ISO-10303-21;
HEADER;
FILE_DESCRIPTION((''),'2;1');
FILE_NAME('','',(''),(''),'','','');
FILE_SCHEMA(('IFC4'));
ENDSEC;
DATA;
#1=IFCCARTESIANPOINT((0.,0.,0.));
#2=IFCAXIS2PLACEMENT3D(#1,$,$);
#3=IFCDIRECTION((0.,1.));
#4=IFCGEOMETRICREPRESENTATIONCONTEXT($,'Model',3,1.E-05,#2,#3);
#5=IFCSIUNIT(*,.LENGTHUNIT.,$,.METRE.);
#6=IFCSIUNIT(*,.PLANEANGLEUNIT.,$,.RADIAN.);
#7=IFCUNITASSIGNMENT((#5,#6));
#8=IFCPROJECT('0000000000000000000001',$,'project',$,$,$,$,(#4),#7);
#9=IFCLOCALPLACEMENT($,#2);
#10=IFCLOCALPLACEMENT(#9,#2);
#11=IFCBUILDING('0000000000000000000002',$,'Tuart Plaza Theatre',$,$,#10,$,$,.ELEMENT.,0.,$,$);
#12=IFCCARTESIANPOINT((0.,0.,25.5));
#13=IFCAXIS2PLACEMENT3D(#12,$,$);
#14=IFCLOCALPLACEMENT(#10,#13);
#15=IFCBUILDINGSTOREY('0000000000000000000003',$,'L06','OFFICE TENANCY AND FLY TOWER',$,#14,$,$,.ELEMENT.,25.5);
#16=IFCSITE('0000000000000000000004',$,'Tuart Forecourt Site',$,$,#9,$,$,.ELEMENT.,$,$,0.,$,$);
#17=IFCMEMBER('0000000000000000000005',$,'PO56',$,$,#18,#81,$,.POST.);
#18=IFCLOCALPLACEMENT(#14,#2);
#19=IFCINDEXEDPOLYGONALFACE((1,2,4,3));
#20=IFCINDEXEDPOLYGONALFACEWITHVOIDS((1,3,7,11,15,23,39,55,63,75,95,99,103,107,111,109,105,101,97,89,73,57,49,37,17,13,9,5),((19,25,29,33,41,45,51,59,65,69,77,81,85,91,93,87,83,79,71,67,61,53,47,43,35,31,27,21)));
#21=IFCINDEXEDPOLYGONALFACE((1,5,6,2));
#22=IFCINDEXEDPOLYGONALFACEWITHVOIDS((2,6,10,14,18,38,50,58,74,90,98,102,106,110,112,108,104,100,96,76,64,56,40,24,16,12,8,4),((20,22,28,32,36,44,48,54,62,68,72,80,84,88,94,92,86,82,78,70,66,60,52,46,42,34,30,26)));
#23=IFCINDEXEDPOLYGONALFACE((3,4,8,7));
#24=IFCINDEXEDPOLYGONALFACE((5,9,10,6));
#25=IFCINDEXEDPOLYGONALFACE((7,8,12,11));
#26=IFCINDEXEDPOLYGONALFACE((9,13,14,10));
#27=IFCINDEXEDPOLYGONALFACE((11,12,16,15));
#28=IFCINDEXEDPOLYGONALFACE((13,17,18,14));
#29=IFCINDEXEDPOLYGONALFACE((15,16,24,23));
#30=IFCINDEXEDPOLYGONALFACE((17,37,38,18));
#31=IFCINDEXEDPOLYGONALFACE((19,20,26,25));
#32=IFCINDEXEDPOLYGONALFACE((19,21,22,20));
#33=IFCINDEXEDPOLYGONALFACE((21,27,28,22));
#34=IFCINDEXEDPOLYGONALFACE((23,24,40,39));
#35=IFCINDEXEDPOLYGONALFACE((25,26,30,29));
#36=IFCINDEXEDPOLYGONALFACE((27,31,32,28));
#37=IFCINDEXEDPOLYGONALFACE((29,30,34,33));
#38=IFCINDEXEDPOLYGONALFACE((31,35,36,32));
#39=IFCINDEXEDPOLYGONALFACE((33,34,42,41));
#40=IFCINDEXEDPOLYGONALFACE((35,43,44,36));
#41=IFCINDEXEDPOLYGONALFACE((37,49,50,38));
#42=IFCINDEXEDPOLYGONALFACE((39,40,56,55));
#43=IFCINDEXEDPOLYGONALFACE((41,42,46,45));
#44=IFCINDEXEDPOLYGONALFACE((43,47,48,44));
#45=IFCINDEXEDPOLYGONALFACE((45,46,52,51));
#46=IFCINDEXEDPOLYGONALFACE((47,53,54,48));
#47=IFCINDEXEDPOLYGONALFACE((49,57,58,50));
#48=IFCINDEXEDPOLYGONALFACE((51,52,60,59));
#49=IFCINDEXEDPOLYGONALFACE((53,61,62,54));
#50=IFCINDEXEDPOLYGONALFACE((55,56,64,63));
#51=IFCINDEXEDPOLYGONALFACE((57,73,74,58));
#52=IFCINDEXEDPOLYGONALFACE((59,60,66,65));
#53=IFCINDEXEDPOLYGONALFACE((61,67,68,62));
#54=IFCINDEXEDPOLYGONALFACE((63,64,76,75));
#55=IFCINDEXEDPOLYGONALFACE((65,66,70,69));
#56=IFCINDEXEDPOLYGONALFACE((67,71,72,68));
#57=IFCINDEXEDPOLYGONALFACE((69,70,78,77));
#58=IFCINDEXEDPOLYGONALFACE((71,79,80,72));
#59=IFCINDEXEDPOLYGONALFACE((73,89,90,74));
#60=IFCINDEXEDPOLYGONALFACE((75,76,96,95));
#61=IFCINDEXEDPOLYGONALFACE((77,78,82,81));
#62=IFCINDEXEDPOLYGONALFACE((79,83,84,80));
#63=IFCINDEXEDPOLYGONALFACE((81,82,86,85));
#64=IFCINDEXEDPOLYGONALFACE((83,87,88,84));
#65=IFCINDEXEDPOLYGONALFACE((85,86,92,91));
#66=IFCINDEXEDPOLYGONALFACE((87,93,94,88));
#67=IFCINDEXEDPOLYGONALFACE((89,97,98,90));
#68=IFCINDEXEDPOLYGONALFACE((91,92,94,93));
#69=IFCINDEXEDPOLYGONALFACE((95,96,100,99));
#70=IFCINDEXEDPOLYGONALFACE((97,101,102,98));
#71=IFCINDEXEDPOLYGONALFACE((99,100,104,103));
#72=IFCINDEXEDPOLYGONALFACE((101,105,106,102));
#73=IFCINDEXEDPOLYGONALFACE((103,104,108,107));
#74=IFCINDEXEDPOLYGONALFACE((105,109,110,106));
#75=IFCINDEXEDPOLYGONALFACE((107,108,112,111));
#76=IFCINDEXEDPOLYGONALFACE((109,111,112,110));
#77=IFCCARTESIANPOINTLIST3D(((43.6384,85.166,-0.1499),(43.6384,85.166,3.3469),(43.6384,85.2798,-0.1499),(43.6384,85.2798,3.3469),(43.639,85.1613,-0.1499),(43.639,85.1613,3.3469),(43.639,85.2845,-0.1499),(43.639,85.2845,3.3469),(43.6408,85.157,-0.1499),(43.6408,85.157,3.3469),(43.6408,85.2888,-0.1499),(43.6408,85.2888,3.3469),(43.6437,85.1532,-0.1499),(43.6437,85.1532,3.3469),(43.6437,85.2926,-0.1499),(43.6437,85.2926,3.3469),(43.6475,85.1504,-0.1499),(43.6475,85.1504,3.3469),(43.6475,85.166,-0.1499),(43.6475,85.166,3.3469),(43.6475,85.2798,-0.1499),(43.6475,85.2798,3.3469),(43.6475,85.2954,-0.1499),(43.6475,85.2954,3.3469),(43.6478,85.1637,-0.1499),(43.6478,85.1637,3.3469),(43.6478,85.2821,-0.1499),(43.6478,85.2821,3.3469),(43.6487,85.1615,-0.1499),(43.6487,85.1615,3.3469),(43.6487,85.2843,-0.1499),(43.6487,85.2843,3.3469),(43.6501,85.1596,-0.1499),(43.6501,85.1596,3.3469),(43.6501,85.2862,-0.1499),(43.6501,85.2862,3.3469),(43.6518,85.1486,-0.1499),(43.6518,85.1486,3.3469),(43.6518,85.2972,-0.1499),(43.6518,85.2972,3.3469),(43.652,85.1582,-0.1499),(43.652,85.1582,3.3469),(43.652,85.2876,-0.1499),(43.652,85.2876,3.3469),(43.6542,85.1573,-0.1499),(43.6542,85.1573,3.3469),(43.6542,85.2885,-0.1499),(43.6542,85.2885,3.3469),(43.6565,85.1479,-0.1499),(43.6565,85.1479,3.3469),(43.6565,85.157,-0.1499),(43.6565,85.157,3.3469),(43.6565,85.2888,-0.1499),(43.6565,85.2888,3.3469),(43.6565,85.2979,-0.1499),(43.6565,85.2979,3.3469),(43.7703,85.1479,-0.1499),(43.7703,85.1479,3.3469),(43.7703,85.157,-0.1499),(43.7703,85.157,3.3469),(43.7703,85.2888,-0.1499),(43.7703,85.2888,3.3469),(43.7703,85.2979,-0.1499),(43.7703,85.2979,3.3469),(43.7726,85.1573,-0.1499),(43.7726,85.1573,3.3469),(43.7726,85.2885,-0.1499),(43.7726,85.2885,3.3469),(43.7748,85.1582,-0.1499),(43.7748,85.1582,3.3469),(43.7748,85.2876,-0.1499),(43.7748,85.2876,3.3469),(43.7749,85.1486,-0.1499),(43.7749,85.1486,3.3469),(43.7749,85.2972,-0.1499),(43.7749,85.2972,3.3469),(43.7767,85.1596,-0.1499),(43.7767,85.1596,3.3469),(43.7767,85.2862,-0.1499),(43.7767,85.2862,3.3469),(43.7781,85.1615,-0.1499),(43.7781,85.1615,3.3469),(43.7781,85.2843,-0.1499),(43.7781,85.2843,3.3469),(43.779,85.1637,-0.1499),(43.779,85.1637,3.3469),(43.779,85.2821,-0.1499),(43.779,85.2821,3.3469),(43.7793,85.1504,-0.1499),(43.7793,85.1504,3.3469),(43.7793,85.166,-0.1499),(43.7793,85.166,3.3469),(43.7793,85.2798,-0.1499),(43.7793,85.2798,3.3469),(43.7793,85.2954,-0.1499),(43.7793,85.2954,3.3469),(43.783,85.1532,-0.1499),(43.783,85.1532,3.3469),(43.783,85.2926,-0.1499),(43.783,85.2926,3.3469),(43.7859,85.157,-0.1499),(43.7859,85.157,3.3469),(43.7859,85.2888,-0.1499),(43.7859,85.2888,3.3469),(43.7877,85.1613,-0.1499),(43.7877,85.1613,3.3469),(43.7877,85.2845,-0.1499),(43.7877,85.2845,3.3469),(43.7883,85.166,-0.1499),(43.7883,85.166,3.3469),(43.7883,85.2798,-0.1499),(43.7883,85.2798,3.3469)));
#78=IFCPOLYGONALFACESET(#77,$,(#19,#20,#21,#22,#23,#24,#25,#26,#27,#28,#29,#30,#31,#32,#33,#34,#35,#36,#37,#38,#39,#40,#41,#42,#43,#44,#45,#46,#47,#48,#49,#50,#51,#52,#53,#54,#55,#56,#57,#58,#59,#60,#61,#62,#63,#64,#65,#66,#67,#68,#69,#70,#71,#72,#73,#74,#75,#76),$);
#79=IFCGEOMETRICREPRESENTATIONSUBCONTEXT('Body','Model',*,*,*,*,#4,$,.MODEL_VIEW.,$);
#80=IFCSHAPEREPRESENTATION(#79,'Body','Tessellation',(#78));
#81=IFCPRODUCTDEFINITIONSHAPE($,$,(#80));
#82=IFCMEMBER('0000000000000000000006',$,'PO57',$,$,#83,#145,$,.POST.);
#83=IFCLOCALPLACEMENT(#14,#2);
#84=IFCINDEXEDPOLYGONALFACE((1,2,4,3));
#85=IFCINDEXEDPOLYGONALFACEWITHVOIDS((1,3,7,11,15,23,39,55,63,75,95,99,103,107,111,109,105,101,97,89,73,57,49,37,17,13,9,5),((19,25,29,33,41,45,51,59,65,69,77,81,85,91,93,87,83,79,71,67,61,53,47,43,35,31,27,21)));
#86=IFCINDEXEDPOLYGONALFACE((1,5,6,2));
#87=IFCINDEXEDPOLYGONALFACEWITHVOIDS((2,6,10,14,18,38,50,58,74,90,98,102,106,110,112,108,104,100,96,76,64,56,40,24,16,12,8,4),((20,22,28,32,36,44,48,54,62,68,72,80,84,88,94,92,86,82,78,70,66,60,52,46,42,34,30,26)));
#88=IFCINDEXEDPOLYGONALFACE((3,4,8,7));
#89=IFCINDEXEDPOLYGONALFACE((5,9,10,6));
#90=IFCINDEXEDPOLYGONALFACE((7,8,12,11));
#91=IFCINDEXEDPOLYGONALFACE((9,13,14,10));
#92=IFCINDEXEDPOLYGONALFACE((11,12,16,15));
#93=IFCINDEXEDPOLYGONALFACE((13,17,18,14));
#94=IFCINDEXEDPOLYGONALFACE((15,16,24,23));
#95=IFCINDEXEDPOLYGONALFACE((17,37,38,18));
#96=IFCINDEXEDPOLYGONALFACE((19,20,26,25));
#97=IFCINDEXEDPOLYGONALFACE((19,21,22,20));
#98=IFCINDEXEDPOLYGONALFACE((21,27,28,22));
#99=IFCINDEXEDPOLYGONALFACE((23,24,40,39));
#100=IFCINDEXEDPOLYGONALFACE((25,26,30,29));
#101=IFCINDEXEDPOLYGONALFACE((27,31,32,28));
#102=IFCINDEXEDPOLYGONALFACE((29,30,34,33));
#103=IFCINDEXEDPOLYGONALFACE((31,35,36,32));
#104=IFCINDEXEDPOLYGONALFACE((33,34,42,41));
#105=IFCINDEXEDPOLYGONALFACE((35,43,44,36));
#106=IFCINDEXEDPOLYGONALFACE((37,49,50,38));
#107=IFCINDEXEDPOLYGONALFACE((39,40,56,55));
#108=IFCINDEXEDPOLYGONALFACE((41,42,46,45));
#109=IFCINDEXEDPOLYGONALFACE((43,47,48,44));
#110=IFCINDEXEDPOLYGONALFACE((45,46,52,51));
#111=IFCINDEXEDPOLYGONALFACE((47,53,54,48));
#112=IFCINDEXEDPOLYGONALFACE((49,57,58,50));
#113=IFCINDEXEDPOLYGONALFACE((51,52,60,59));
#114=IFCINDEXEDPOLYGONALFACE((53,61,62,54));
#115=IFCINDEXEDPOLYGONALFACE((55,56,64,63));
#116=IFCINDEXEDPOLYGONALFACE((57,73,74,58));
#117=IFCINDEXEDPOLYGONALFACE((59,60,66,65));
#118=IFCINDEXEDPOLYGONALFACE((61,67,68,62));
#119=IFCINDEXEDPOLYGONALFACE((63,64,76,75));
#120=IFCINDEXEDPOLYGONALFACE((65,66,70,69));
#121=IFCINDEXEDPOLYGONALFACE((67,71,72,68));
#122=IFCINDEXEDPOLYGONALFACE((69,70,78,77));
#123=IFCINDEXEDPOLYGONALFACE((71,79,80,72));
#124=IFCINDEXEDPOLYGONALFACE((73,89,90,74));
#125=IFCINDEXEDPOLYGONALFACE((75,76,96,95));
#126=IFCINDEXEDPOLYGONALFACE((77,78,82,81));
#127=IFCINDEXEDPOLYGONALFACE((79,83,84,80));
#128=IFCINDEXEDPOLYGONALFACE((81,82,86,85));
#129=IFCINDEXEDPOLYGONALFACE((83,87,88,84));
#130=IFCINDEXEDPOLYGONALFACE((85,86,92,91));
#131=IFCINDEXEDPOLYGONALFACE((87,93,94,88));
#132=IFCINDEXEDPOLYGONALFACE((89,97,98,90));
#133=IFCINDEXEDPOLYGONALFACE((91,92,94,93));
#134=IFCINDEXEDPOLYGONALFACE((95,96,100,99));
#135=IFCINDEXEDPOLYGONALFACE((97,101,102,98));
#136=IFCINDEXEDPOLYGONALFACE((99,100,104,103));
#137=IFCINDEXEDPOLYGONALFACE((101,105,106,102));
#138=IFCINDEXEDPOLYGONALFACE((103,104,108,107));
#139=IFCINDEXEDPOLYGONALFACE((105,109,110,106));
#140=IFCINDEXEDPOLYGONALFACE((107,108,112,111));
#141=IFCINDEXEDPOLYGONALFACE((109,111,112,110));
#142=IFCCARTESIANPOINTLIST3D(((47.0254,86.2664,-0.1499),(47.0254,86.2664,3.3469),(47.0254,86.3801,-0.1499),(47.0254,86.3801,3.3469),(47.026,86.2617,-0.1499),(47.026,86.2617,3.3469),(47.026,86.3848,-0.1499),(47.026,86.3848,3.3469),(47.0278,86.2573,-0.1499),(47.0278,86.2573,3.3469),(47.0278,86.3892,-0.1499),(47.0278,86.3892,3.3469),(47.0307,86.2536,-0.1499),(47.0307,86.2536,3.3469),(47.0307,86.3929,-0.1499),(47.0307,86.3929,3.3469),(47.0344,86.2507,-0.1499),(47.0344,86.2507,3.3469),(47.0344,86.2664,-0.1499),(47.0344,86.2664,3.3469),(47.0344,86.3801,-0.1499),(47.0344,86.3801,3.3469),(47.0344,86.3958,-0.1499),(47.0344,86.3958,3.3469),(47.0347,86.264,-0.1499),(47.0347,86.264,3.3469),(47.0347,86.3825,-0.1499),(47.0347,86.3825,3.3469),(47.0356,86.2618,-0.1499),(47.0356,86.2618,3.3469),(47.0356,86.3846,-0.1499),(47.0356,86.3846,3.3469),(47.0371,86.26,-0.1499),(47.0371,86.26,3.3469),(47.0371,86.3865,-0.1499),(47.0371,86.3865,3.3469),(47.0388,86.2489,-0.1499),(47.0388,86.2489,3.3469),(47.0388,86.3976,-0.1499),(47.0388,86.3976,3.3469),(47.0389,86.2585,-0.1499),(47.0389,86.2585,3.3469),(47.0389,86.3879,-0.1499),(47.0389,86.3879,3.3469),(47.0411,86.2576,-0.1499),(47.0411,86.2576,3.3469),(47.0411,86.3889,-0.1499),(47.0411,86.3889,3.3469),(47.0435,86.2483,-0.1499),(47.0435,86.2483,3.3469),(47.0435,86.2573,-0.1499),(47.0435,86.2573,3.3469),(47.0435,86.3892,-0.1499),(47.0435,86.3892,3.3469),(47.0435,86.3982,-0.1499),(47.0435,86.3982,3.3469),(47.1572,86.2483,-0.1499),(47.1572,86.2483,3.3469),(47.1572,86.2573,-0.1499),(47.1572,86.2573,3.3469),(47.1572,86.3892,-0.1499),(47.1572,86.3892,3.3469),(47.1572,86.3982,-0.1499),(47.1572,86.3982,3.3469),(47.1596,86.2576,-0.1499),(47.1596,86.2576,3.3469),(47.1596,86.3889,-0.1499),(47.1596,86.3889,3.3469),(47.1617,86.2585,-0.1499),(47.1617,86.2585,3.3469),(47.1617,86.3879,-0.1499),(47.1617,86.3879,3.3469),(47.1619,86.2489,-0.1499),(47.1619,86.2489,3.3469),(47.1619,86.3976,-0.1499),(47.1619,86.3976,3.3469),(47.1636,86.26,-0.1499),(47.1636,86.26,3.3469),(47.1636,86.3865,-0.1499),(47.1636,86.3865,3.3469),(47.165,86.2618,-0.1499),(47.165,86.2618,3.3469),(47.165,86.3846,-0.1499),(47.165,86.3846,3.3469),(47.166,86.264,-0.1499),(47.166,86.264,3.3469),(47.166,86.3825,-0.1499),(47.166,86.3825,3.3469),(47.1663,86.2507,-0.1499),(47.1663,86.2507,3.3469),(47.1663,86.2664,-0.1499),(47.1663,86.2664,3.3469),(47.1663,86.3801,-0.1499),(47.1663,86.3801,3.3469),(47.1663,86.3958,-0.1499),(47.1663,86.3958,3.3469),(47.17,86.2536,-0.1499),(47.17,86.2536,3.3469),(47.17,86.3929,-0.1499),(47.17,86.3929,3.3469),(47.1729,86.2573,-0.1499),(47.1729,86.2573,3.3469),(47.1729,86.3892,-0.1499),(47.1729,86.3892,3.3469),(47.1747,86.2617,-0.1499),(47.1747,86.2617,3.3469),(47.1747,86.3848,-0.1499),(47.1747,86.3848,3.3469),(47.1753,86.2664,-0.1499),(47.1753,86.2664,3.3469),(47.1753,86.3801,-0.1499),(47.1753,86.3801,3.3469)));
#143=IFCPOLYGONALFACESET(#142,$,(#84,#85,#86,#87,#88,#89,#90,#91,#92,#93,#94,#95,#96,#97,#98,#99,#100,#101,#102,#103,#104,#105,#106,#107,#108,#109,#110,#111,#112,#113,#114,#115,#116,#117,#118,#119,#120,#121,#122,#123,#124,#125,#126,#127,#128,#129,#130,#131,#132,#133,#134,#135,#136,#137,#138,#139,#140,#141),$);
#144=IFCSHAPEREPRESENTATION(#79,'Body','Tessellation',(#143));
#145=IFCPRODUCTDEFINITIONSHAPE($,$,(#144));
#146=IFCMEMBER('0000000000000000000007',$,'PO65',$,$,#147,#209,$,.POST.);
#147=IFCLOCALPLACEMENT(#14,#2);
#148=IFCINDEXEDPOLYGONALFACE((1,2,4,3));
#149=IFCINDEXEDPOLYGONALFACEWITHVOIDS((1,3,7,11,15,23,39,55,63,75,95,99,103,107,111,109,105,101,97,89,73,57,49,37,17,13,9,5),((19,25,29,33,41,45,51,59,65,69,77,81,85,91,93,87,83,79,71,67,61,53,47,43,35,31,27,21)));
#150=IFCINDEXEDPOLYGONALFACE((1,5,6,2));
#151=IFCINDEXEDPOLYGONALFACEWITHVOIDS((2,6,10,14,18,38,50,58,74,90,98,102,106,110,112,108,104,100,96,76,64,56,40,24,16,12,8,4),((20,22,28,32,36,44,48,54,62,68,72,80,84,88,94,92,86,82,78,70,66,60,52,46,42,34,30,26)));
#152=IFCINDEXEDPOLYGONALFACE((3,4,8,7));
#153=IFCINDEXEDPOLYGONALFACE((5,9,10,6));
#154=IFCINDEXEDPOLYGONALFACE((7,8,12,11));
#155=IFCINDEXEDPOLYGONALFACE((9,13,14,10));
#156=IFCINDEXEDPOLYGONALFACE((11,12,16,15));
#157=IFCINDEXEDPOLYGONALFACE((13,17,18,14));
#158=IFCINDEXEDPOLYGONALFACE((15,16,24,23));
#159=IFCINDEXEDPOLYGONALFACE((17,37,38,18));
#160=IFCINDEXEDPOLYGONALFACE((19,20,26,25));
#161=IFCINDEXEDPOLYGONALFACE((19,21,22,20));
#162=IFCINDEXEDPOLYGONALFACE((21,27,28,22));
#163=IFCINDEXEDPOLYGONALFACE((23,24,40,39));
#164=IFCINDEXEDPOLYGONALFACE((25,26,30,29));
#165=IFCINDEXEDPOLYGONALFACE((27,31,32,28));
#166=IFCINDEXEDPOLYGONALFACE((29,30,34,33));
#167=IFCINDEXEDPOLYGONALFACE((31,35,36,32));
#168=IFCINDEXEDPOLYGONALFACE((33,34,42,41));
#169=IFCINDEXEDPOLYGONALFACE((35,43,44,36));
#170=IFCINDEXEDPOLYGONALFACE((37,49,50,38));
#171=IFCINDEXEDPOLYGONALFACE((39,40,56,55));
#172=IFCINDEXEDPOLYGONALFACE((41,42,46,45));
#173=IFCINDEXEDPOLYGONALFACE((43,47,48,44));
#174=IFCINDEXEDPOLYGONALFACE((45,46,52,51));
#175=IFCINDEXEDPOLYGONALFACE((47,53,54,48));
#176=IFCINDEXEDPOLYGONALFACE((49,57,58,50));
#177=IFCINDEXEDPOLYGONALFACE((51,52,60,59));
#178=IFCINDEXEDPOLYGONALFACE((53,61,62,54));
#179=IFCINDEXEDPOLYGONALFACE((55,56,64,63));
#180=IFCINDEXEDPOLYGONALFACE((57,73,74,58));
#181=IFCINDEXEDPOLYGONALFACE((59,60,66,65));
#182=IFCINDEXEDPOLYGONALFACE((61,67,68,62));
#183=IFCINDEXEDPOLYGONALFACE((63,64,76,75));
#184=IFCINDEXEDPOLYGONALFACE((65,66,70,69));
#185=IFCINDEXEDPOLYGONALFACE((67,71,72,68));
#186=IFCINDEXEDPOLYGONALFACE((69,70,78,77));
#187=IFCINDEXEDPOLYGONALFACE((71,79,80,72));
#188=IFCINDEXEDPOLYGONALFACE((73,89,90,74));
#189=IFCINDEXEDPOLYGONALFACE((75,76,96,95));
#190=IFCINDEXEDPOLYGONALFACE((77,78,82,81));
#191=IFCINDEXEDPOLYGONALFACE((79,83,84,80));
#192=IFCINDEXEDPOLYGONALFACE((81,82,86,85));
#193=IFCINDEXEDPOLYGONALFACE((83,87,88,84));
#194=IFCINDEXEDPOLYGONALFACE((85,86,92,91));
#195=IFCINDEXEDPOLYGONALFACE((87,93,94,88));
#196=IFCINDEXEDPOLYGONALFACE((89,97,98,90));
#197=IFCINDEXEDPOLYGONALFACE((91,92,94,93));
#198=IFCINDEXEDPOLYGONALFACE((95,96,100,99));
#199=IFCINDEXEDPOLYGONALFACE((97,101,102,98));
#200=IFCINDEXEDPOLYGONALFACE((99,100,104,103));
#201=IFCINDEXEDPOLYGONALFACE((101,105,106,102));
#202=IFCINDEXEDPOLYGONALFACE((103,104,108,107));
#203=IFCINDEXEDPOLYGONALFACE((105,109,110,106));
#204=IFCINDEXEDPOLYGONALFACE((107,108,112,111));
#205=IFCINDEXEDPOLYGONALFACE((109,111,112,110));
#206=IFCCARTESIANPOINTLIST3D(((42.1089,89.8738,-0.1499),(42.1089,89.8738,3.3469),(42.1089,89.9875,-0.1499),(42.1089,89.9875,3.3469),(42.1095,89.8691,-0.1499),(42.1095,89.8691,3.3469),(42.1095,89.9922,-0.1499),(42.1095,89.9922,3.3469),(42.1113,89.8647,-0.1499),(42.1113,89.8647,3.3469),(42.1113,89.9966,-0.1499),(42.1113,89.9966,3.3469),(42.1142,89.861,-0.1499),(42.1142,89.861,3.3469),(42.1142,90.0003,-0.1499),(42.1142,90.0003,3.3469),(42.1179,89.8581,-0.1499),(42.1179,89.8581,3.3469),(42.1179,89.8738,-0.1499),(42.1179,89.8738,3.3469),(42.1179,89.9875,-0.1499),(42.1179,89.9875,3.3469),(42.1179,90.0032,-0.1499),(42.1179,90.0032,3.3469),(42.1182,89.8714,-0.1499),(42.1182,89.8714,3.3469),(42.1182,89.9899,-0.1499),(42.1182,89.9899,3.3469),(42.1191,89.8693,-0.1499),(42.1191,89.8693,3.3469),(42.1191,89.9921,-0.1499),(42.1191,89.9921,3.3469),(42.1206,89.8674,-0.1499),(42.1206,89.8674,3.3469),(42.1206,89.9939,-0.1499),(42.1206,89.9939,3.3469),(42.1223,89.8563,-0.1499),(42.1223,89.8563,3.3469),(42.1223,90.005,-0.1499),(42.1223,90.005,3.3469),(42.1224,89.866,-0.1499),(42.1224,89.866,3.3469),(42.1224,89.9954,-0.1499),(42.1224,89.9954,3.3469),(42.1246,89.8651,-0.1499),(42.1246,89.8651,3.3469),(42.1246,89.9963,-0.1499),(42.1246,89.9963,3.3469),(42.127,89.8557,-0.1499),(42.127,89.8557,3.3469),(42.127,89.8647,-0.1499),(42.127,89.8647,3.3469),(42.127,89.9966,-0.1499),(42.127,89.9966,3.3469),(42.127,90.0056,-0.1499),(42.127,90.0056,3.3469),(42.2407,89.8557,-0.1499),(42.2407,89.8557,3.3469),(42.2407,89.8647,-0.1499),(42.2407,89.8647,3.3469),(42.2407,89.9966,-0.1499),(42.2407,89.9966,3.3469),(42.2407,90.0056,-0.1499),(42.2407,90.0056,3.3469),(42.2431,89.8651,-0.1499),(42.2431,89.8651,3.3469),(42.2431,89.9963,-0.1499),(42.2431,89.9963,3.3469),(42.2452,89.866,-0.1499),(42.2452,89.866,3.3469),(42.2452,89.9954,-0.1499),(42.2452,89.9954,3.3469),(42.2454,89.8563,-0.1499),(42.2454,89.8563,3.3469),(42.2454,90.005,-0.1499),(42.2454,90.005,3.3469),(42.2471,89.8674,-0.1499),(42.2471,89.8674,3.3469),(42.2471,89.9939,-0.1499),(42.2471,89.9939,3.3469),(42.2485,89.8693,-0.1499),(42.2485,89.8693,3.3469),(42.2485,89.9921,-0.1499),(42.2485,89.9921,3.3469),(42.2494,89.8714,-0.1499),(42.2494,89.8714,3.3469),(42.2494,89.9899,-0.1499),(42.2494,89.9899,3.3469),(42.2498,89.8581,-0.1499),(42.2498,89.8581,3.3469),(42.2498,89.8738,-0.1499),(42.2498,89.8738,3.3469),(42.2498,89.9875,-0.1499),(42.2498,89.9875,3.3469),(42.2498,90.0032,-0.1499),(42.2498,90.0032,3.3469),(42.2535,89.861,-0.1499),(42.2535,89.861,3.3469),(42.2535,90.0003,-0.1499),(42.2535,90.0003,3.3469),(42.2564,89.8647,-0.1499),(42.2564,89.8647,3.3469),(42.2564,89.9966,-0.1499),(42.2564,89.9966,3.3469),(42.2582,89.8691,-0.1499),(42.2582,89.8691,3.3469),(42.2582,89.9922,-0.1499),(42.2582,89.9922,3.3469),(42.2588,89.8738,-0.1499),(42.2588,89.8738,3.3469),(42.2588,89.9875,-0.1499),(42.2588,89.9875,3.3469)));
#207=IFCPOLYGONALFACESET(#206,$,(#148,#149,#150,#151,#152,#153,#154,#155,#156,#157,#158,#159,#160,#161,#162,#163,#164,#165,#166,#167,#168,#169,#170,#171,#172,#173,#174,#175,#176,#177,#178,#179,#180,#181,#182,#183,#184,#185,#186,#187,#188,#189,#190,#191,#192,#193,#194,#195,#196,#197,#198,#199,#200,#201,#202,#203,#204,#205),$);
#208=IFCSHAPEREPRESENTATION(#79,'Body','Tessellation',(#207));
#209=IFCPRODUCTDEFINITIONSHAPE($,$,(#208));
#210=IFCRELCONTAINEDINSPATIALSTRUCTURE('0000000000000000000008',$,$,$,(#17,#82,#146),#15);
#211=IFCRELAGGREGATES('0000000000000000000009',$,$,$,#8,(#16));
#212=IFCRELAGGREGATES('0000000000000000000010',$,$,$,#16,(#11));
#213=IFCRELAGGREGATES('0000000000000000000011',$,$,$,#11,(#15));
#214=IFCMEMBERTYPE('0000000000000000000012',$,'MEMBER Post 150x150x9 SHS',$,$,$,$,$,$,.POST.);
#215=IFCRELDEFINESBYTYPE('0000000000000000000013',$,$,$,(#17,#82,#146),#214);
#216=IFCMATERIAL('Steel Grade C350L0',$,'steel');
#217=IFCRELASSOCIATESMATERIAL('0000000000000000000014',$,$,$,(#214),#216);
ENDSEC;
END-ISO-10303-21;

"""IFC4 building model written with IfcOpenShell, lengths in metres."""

from ifc_helpers import new_model, si_unit, direction, frame, origin, origin_2d, place, context, subcontext, project, spatial, hollow_rectangle, extrude, material, material_profile, profile_set, type_object, element, save


model = new_model("IFC4")

# Units and contexts
model_context = context("Model", 3, precision=1e-05, world=origin(), true_north=direction((0.0, 1.0)))
body_context = subcontext(model_context, "Body", "Model", "MODEL_VIEW")
ifc_project = project(units=[si_unit("LENGTHUNIT", "METRE"), si_unit("PLANEANGLEUNIT", "RADIAN")], contexts=[model_context])

# Site, building, storey
site_placement = place(None, origin())
site = spatial("IfcSite", under=ifc_project, at=site_placement, Name="Tuart Forecourt Site", CompositionType="ELEMENT", RefElevation=0.0)
building_placement = place(site_placement, origin())
building = spatial("IfcBuilding", under=site, at=building_placement, Name="Tuart Plaza Theatre", CompositionType="ELEMENT", ElevationOfRefHeight=0.0)
storey_placement = place(building_placement, frame((0.0, 0.0, 25.5)))
storey = spatial("IfcBuildingStorey", under=building, at=storey_placement, Name="L06", Description="OFFICE TENANCY AND FLY TOWER", CompositionType="ELEMENT", Elevation=25.5)

# Members
ifc_material_1 = material(Name="Steel Grade C350L0", Category="steel")
ifc_material_profile_1 = material_profile(ifc_material_1, hollow_rectangle(XDim=0.1499, YDim=0.1499, WallThickness=0.009, InnerFilletRadius=0.009, OuterFilletRadius=0.0181, at=origin_2d()), Name="150x150x9 SHS")
ifc_profile_set_1 = profile_set([ifc_material_profile_1], Name="Steel Grade C350L0")
member_type_1 = type_object("IfcMemberType", Name="MEMBER Post 150x150x9 SHS", PredefinedType="POST", material=ifc_profile_set_1)
for number, where, z_axis, x_axis, name in (
    (1, (43.7134, 85.2229, -0.1499), (0.0, 0.0, 1.0), (1.0, 0.0, 0.0), "PO56"),
    (2, (47.1003, 86.3232, -0.1499), (0.0, 0.0, 1.0), (1.0, 0.0, 0.0), "PO57"),
    (3, (42.1838, 89.9307, -0.1499), (0.0, 0.0, 1.0), (1.0, 0.0, 0.0), "PO65"),
):
    element("IfcMember", number, at=place(storey_placement, frame(where, z_axis=z_axis, x_axis=x_axis)), inside=storey, type_object=member_type_1, Name=name, PredefinedType="POST", context=body_context, shape_type="SweptSolid", body=[
        extrude(hollow_rectangle(XDim=0.1499, YDim=0.1499, WallThickness=0.009, InnerFilletRadius=0.009, OuterFilletRadius=0.0181, at=origin_2d()), origin(), (0.0, 0.0, 1.0), 3.4968),
    ])

save(model, "model.ifc")
